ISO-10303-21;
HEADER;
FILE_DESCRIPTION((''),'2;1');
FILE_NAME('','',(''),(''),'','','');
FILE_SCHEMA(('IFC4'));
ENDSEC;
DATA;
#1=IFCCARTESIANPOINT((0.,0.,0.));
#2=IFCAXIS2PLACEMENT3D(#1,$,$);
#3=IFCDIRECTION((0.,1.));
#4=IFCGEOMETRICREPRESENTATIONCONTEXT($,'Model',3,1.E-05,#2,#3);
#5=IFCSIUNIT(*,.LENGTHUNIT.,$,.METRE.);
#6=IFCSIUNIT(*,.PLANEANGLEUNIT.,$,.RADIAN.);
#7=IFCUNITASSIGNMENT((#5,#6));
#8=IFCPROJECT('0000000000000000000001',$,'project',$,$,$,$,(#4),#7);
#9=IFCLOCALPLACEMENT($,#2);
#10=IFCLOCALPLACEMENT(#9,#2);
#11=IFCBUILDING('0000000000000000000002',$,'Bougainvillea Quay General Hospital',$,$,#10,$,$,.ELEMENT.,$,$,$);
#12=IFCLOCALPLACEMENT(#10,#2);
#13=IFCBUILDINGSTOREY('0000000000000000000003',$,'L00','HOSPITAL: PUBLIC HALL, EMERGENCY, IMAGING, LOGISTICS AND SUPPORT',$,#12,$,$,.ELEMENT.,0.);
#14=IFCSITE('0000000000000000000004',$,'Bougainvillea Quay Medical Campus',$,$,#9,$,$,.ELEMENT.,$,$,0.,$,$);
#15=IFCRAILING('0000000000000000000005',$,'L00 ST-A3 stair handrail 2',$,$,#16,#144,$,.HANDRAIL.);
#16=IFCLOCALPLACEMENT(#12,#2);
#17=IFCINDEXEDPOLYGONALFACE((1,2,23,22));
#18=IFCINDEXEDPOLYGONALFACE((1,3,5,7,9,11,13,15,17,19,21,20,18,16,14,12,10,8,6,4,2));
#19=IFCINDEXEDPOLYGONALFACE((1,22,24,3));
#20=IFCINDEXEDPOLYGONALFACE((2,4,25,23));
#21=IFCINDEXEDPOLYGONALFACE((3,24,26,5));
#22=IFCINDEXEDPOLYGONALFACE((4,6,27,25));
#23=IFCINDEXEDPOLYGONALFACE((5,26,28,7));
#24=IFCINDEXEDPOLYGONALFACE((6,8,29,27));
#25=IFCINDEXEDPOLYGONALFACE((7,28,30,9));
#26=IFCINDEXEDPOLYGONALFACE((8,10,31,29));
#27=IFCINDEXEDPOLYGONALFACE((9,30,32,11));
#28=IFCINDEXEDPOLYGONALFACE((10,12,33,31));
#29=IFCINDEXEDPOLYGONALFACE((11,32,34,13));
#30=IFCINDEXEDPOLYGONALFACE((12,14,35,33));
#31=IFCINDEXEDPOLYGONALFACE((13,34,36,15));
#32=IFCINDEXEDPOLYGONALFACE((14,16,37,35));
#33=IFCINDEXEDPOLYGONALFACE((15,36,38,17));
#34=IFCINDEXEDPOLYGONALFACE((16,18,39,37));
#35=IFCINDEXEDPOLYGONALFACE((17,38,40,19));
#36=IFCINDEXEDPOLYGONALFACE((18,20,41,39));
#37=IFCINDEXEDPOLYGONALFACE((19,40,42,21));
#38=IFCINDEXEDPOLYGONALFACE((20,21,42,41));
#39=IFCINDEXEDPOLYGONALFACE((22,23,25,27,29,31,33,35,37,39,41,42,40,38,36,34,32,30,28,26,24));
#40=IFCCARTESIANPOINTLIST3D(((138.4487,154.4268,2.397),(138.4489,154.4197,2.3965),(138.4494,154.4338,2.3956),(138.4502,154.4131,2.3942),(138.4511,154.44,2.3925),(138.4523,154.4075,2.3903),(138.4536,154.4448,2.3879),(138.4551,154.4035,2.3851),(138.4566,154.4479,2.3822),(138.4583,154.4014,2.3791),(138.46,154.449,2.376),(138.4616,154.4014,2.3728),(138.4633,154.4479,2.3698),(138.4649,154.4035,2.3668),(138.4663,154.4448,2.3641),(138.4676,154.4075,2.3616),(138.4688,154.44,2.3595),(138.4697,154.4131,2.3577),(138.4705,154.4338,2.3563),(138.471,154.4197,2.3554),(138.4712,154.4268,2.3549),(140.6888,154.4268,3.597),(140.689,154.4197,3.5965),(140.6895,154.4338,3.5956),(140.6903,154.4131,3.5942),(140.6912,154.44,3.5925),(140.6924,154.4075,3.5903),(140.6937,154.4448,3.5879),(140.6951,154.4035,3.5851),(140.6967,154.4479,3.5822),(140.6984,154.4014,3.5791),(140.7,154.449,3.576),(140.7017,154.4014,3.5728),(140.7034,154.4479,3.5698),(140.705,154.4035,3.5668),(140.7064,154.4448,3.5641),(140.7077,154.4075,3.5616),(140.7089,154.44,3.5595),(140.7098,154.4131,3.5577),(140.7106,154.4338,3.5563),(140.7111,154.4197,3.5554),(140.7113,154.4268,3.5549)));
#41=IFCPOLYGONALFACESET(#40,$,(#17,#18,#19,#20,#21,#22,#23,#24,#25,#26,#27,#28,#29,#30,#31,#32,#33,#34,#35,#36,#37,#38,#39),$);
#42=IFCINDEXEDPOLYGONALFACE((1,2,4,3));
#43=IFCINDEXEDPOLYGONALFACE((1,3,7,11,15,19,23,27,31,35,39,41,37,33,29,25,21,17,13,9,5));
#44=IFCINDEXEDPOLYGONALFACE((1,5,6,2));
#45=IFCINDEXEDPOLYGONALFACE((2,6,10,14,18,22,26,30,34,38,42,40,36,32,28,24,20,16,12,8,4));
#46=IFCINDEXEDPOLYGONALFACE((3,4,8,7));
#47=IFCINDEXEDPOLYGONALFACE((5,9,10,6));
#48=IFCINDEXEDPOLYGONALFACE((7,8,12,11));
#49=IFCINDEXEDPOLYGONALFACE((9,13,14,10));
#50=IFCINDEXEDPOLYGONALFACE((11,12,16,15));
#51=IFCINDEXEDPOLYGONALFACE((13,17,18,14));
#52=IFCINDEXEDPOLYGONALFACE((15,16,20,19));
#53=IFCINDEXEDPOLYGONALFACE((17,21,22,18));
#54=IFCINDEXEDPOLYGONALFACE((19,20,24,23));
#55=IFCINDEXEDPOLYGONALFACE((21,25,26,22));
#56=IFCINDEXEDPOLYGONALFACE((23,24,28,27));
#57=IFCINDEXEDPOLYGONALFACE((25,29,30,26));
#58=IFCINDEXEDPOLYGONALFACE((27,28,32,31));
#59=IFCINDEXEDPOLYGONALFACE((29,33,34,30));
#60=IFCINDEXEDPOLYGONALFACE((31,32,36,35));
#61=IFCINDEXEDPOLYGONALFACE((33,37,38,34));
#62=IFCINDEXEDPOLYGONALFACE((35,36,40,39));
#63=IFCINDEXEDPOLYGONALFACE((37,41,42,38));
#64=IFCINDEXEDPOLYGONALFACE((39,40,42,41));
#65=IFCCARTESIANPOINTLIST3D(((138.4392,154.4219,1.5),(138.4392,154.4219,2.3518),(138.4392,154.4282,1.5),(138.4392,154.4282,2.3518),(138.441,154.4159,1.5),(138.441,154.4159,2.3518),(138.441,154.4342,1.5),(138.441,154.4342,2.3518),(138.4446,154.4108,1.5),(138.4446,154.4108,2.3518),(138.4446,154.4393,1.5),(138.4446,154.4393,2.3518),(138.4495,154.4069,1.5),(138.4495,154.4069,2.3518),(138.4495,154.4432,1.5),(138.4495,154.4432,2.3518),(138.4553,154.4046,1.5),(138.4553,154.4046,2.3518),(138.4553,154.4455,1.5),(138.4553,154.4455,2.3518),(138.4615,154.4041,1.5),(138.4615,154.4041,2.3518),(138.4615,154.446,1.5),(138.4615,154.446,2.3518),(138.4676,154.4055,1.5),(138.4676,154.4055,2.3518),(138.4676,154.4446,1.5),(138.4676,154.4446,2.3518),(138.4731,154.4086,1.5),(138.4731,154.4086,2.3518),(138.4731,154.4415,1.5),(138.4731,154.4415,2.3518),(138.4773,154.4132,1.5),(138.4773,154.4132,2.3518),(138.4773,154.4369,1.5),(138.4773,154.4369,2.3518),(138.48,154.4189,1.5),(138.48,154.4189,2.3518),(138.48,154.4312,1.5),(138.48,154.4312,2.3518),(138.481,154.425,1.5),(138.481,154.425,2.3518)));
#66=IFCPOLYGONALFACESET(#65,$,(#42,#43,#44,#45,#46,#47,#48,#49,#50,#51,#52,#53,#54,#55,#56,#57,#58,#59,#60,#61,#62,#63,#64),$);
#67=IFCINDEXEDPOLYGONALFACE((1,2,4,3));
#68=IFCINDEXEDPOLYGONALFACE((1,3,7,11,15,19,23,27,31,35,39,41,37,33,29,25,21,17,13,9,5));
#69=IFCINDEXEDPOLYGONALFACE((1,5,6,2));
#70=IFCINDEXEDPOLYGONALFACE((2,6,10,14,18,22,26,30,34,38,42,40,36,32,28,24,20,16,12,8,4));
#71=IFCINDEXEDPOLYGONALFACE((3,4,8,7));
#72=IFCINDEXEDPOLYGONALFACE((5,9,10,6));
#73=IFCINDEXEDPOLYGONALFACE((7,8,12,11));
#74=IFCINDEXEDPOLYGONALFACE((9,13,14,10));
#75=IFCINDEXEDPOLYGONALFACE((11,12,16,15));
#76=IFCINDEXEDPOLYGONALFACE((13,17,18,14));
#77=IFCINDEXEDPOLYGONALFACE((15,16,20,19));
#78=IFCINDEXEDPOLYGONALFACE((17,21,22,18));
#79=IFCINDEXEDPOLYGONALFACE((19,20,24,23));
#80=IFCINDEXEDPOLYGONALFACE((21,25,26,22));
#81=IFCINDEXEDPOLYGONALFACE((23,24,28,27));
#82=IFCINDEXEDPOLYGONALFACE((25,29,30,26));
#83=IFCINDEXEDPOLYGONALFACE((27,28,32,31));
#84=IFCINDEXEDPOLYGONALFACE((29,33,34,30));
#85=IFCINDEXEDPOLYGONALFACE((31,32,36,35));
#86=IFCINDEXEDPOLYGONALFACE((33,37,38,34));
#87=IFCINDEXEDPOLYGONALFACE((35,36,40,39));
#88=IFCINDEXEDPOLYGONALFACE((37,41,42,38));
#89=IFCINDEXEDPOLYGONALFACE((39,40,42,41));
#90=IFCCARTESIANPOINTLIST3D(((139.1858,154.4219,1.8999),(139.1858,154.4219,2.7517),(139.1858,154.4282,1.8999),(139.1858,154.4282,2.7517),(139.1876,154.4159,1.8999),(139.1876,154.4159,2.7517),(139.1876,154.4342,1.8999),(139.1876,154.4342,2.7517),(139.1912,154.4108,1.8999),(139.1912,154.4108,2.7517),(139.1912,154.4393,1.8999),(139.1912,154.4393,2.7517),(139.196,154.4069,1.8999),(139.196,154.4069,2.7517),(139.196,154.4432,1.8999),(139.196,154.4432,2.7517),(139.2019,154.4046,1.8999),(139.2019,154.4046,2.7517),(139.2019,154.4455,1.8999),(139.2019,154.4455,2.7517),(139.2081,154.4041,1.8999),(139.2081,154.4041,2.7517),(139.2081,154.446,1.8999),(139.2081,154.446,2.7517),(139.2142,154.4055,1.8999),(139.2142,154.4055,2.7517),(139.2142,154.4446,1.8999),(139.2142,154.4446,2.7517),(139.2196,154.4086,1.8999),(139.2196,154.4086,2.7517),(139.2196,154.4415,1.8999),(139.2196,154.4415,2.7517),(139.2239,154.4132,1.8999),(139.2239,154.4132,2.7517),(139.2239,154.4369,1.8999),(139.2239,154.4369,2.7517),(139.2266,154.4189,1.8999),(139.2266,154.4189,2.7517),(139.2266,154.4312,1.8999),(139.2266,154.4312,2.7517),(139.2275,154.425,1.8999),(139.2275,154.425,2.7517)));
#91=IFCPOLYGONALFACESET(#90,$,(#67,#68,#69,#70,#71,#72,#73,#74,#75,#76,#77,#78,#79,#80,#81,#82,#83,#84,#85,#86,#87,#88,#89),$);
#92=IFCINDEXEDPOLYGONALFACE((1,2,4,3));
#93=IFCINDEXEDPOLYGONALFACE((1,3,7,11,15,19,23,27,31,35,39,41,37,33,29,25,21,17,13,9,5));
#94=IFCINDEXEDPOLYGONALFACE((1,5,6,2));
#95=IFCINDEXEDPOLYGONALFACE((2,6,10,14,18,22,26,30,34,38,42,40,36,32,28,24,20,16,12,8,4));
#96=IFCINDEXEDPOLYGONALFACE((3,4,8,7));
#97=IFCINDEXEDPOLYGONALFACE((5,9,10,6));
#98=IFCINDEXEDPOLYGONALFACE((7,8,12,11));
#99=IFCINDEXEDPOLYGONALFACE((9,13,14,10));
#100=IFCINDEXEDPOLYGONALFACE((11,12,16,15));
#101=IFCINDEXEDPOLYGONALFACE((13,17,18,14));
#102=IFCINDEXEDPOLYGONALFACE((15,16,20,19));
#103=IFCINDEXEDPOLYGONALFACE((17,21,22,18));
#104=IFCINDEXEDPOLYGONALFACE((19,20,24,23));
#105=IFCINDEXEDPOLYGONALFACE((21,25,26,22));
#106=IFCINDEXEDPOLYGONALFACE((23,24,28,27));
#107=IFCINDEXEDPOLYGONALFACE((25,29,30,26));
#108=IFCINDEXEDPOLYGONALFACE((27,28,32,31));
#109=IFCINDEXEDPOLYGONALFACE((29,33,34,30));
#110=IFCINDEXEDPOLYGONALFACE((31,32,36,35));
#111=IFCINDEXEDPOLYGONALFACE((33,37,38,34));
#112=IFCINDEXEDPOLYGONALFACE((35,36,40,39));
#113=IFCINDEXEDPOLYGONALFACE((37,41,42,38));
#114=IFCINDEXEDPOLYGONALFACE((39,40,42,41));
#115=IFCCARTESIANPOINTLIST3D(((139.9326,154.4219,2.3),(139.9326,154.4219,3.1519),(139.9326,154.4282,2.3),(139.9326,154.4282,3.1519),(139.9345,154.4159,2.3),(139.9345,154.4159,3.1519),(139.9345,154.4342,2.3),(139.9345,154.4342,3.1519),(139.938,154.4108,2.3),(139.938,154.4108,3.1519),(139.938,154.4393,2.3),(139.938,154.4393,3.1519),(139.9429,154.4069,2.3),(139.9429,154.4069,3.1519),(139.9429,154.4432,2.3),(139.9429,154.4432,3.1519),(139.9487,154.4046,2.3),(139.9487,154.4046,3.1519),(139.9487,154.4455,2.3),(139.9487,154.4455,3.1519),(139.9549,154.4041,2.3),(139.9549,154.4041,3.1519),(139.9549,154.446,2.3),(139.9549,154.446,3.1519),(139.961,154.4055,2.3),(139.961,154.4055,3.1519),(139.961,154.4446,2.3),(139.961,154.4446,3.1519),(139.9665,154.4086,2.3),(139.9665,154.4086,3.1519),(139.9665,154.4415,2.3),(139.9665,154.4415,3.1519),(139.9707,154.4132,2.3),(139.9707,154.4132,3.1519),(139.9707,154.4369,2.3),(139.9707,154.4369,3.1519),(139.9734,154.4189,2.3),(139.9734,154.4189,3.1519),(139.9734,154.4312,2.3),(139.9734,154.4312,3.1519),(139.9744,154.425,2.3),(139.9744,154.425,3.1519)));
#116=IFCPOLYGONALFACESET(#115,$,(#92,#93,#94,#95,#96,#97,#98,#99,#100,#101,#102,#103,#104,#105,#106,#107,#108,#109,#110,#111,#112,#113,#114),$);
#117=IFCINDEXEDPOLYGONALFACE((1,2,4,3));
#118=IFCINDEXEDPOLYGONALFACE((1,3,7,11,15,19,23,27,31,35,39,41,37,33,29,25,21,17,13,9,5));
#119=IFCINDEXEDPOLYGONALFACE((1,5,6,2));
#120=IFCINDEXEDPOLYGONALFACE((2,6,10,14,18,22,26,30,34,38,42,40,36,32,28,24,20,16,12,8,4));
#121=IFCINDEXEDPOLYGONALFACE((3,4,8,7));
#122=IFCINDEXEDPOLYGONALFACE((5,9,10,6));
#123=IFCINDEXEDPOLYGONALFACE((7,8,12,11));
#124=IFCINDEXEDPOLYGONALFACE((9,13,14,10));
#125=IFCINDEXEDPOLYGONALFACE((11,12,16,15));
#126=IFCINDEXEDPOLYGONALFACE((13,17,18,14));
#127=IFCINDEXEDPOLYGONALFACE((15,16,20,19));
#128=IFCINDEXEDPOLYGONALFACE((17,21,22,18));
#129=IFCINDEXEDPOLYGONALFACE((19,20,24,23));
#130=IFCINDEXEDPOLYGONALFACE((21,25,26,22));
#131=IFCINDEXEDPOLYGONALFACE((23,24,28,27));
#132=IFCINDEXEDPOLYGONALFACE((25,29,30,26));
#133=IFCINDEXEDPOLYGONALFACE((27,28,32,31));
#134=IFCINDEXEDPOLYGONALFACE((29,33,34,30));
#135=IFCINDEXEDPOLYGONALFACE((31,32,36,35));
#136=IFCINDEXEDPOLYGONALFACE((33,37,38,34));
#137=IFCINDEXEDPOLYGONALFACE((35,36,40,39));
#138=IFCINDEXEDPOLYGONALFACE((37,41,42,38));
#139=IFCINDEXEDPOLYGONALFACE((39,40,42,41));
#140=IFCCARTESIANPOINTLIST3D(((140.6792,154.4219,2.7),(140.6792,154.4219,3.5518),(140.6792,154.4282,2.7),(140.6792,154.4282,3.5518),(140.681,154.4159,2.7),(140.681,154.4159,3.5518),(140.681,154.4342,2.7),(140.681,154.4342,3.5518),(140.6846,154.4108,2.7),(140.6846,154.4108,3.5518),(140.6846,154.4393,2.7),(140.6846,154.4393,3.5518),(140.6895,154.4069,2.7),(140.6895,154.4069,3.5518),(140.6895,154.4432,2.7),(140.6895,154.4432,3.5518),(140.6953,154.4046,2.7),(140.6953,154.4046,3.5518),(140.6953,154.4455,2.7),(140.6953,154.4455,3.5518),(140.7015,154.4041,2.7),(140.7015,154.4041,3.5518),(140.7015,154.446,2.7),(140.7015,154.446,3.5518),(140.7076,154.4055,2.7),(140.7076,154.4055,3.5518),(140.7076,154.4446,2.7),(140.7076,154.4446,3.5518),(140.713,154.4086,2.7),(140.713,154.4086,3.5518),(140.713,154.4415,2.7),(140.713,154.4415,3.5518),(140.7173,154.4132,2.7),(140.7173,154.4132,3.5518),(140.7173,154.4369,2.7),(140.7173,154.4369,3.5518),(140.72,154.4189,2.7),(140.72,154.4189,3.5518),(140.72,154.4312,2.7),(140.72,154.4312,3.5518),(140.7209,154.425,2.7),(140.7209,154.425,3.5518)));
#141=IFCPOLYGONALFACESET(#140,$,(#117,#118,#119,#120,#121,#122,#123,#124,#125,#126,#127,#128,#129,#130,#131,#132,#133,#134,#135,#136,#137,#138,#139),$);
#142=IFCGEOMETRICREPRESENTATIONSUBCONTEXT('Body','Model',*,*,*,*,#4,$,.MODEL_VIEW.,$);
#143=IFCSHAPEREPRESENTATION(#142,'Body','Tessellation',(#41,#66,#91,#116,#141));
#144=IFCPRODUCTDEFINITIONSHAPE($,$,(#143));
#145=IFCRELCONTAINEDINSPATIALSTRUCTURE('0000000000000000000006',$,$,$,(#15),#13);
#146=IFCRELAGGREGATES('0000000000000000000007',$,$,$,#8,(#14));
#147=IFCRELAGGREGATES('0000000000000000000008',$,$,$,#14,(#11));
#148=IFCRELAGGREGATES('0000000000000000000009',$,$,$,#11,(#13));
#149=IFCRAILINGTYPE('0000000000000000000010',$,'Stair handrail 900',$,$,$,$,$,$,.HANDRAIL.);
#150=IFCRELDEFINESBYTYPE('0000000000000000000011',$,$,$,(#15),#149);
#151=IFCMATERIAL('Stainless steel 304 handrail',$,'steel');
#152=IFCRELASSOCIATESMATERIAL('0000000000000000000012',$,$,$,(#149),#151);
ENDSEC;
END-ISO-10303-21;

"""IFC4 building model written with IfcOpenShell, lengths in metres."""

from ifc_helpers import new_model, si_unit, direction, frame, origin, origin_2d, place, context, subcontext, project, spatial, circle, extrude, material, type_object, element, save


model = new_model("IFC4")

# Units and contexts
model_context = context("Model", 3, precision=1e-05, world=origin(), true_north=direction((0.0, 1.0)))
body_context = subcontext(model_context, "Body", "Model", "MODEL_VIEW")
ifc_project = project(units=[si_unit("LENGTHUNIT", "METRE"), si_unit("PLANEANGLEUNIT", "RADIAN")], contexts=[model_context])

# Site, building, storey
site_placement = place(None, origin())
site = spatial("IfcSite", under=ifc_project, at=site_placement, Name="Bougainvillea Quay Medical Campus", CompositionType="ELEMENT", RefElevation=0.0)
building_placement = place(site_placement, origin())
building = spatial("IfcBuilding", under=site, at=building_placement, Name="Bougainvillea Quay General Hospital", CompositionType="ELEMENT")
storey_placement = place(building_placement, origin())
storey = spatial("IfcBuildingStorey", under=building, at=storey_placement, Name="L00", Description="HOSPITAL: PUBLIC HALL, EMERGENCY, IMAGING, LOGISTICS AND SUPPORT", CompositionType="ELEMENT", Elevation=0.0)

# Railing
ifc_material_1 = material(Name="Stainless steel 304 handrail", Category="steel")
railing_type_1 = type_object("IfcRailingType", Name="Stair handrail 900", PredefinedType="HANDRAIL", material=ifc_material_1)
railing_1_placement = place(storey_placement, frame((138.46, 154.425, 1.5)))
element("IfcRailing", 1, at=railing_1_placement, inside=storey, type_object=railing_type_1, Name="L00 ST-A3 stair handrail 2", PredefinedType="HANDRAIL", context=body_context, shape_type="SweptSolid", body=[
    extrude(circle(Radius=0.0239, at=origin_2d()), frame((0.0, 0.0, 0.876), z_axis=(0.881487, 0.0, 0.472208), x_axis=(0.0, 1.0, 0.0)), (0.0, 0.0, 1.0), 2.5413),
    extrude(circle(Radius=0.021, at=origin_2d()), origin(), (0.0, 0.0, 1.0), 0.8518),
    extrude(circle(Radius=0.021, at=origin_2d()), frame((0.7466, 0.0, 0.3999)), (0.0, 0.0, 1.0), 0.8518),
    extrude(circle(Radius=0.021, at=origin_2d()), frame((1.4934, 0.0, 0.8)), (0.0, 0.0, 1.0), 0.8518),
    extrude(circle(Radius=0.021, at=origin_2d()), frame((2.24, 0.0, 1.2)), (0.0, 0.0, 1.0), 0.8518),
])

save(model, "model.ifc")
